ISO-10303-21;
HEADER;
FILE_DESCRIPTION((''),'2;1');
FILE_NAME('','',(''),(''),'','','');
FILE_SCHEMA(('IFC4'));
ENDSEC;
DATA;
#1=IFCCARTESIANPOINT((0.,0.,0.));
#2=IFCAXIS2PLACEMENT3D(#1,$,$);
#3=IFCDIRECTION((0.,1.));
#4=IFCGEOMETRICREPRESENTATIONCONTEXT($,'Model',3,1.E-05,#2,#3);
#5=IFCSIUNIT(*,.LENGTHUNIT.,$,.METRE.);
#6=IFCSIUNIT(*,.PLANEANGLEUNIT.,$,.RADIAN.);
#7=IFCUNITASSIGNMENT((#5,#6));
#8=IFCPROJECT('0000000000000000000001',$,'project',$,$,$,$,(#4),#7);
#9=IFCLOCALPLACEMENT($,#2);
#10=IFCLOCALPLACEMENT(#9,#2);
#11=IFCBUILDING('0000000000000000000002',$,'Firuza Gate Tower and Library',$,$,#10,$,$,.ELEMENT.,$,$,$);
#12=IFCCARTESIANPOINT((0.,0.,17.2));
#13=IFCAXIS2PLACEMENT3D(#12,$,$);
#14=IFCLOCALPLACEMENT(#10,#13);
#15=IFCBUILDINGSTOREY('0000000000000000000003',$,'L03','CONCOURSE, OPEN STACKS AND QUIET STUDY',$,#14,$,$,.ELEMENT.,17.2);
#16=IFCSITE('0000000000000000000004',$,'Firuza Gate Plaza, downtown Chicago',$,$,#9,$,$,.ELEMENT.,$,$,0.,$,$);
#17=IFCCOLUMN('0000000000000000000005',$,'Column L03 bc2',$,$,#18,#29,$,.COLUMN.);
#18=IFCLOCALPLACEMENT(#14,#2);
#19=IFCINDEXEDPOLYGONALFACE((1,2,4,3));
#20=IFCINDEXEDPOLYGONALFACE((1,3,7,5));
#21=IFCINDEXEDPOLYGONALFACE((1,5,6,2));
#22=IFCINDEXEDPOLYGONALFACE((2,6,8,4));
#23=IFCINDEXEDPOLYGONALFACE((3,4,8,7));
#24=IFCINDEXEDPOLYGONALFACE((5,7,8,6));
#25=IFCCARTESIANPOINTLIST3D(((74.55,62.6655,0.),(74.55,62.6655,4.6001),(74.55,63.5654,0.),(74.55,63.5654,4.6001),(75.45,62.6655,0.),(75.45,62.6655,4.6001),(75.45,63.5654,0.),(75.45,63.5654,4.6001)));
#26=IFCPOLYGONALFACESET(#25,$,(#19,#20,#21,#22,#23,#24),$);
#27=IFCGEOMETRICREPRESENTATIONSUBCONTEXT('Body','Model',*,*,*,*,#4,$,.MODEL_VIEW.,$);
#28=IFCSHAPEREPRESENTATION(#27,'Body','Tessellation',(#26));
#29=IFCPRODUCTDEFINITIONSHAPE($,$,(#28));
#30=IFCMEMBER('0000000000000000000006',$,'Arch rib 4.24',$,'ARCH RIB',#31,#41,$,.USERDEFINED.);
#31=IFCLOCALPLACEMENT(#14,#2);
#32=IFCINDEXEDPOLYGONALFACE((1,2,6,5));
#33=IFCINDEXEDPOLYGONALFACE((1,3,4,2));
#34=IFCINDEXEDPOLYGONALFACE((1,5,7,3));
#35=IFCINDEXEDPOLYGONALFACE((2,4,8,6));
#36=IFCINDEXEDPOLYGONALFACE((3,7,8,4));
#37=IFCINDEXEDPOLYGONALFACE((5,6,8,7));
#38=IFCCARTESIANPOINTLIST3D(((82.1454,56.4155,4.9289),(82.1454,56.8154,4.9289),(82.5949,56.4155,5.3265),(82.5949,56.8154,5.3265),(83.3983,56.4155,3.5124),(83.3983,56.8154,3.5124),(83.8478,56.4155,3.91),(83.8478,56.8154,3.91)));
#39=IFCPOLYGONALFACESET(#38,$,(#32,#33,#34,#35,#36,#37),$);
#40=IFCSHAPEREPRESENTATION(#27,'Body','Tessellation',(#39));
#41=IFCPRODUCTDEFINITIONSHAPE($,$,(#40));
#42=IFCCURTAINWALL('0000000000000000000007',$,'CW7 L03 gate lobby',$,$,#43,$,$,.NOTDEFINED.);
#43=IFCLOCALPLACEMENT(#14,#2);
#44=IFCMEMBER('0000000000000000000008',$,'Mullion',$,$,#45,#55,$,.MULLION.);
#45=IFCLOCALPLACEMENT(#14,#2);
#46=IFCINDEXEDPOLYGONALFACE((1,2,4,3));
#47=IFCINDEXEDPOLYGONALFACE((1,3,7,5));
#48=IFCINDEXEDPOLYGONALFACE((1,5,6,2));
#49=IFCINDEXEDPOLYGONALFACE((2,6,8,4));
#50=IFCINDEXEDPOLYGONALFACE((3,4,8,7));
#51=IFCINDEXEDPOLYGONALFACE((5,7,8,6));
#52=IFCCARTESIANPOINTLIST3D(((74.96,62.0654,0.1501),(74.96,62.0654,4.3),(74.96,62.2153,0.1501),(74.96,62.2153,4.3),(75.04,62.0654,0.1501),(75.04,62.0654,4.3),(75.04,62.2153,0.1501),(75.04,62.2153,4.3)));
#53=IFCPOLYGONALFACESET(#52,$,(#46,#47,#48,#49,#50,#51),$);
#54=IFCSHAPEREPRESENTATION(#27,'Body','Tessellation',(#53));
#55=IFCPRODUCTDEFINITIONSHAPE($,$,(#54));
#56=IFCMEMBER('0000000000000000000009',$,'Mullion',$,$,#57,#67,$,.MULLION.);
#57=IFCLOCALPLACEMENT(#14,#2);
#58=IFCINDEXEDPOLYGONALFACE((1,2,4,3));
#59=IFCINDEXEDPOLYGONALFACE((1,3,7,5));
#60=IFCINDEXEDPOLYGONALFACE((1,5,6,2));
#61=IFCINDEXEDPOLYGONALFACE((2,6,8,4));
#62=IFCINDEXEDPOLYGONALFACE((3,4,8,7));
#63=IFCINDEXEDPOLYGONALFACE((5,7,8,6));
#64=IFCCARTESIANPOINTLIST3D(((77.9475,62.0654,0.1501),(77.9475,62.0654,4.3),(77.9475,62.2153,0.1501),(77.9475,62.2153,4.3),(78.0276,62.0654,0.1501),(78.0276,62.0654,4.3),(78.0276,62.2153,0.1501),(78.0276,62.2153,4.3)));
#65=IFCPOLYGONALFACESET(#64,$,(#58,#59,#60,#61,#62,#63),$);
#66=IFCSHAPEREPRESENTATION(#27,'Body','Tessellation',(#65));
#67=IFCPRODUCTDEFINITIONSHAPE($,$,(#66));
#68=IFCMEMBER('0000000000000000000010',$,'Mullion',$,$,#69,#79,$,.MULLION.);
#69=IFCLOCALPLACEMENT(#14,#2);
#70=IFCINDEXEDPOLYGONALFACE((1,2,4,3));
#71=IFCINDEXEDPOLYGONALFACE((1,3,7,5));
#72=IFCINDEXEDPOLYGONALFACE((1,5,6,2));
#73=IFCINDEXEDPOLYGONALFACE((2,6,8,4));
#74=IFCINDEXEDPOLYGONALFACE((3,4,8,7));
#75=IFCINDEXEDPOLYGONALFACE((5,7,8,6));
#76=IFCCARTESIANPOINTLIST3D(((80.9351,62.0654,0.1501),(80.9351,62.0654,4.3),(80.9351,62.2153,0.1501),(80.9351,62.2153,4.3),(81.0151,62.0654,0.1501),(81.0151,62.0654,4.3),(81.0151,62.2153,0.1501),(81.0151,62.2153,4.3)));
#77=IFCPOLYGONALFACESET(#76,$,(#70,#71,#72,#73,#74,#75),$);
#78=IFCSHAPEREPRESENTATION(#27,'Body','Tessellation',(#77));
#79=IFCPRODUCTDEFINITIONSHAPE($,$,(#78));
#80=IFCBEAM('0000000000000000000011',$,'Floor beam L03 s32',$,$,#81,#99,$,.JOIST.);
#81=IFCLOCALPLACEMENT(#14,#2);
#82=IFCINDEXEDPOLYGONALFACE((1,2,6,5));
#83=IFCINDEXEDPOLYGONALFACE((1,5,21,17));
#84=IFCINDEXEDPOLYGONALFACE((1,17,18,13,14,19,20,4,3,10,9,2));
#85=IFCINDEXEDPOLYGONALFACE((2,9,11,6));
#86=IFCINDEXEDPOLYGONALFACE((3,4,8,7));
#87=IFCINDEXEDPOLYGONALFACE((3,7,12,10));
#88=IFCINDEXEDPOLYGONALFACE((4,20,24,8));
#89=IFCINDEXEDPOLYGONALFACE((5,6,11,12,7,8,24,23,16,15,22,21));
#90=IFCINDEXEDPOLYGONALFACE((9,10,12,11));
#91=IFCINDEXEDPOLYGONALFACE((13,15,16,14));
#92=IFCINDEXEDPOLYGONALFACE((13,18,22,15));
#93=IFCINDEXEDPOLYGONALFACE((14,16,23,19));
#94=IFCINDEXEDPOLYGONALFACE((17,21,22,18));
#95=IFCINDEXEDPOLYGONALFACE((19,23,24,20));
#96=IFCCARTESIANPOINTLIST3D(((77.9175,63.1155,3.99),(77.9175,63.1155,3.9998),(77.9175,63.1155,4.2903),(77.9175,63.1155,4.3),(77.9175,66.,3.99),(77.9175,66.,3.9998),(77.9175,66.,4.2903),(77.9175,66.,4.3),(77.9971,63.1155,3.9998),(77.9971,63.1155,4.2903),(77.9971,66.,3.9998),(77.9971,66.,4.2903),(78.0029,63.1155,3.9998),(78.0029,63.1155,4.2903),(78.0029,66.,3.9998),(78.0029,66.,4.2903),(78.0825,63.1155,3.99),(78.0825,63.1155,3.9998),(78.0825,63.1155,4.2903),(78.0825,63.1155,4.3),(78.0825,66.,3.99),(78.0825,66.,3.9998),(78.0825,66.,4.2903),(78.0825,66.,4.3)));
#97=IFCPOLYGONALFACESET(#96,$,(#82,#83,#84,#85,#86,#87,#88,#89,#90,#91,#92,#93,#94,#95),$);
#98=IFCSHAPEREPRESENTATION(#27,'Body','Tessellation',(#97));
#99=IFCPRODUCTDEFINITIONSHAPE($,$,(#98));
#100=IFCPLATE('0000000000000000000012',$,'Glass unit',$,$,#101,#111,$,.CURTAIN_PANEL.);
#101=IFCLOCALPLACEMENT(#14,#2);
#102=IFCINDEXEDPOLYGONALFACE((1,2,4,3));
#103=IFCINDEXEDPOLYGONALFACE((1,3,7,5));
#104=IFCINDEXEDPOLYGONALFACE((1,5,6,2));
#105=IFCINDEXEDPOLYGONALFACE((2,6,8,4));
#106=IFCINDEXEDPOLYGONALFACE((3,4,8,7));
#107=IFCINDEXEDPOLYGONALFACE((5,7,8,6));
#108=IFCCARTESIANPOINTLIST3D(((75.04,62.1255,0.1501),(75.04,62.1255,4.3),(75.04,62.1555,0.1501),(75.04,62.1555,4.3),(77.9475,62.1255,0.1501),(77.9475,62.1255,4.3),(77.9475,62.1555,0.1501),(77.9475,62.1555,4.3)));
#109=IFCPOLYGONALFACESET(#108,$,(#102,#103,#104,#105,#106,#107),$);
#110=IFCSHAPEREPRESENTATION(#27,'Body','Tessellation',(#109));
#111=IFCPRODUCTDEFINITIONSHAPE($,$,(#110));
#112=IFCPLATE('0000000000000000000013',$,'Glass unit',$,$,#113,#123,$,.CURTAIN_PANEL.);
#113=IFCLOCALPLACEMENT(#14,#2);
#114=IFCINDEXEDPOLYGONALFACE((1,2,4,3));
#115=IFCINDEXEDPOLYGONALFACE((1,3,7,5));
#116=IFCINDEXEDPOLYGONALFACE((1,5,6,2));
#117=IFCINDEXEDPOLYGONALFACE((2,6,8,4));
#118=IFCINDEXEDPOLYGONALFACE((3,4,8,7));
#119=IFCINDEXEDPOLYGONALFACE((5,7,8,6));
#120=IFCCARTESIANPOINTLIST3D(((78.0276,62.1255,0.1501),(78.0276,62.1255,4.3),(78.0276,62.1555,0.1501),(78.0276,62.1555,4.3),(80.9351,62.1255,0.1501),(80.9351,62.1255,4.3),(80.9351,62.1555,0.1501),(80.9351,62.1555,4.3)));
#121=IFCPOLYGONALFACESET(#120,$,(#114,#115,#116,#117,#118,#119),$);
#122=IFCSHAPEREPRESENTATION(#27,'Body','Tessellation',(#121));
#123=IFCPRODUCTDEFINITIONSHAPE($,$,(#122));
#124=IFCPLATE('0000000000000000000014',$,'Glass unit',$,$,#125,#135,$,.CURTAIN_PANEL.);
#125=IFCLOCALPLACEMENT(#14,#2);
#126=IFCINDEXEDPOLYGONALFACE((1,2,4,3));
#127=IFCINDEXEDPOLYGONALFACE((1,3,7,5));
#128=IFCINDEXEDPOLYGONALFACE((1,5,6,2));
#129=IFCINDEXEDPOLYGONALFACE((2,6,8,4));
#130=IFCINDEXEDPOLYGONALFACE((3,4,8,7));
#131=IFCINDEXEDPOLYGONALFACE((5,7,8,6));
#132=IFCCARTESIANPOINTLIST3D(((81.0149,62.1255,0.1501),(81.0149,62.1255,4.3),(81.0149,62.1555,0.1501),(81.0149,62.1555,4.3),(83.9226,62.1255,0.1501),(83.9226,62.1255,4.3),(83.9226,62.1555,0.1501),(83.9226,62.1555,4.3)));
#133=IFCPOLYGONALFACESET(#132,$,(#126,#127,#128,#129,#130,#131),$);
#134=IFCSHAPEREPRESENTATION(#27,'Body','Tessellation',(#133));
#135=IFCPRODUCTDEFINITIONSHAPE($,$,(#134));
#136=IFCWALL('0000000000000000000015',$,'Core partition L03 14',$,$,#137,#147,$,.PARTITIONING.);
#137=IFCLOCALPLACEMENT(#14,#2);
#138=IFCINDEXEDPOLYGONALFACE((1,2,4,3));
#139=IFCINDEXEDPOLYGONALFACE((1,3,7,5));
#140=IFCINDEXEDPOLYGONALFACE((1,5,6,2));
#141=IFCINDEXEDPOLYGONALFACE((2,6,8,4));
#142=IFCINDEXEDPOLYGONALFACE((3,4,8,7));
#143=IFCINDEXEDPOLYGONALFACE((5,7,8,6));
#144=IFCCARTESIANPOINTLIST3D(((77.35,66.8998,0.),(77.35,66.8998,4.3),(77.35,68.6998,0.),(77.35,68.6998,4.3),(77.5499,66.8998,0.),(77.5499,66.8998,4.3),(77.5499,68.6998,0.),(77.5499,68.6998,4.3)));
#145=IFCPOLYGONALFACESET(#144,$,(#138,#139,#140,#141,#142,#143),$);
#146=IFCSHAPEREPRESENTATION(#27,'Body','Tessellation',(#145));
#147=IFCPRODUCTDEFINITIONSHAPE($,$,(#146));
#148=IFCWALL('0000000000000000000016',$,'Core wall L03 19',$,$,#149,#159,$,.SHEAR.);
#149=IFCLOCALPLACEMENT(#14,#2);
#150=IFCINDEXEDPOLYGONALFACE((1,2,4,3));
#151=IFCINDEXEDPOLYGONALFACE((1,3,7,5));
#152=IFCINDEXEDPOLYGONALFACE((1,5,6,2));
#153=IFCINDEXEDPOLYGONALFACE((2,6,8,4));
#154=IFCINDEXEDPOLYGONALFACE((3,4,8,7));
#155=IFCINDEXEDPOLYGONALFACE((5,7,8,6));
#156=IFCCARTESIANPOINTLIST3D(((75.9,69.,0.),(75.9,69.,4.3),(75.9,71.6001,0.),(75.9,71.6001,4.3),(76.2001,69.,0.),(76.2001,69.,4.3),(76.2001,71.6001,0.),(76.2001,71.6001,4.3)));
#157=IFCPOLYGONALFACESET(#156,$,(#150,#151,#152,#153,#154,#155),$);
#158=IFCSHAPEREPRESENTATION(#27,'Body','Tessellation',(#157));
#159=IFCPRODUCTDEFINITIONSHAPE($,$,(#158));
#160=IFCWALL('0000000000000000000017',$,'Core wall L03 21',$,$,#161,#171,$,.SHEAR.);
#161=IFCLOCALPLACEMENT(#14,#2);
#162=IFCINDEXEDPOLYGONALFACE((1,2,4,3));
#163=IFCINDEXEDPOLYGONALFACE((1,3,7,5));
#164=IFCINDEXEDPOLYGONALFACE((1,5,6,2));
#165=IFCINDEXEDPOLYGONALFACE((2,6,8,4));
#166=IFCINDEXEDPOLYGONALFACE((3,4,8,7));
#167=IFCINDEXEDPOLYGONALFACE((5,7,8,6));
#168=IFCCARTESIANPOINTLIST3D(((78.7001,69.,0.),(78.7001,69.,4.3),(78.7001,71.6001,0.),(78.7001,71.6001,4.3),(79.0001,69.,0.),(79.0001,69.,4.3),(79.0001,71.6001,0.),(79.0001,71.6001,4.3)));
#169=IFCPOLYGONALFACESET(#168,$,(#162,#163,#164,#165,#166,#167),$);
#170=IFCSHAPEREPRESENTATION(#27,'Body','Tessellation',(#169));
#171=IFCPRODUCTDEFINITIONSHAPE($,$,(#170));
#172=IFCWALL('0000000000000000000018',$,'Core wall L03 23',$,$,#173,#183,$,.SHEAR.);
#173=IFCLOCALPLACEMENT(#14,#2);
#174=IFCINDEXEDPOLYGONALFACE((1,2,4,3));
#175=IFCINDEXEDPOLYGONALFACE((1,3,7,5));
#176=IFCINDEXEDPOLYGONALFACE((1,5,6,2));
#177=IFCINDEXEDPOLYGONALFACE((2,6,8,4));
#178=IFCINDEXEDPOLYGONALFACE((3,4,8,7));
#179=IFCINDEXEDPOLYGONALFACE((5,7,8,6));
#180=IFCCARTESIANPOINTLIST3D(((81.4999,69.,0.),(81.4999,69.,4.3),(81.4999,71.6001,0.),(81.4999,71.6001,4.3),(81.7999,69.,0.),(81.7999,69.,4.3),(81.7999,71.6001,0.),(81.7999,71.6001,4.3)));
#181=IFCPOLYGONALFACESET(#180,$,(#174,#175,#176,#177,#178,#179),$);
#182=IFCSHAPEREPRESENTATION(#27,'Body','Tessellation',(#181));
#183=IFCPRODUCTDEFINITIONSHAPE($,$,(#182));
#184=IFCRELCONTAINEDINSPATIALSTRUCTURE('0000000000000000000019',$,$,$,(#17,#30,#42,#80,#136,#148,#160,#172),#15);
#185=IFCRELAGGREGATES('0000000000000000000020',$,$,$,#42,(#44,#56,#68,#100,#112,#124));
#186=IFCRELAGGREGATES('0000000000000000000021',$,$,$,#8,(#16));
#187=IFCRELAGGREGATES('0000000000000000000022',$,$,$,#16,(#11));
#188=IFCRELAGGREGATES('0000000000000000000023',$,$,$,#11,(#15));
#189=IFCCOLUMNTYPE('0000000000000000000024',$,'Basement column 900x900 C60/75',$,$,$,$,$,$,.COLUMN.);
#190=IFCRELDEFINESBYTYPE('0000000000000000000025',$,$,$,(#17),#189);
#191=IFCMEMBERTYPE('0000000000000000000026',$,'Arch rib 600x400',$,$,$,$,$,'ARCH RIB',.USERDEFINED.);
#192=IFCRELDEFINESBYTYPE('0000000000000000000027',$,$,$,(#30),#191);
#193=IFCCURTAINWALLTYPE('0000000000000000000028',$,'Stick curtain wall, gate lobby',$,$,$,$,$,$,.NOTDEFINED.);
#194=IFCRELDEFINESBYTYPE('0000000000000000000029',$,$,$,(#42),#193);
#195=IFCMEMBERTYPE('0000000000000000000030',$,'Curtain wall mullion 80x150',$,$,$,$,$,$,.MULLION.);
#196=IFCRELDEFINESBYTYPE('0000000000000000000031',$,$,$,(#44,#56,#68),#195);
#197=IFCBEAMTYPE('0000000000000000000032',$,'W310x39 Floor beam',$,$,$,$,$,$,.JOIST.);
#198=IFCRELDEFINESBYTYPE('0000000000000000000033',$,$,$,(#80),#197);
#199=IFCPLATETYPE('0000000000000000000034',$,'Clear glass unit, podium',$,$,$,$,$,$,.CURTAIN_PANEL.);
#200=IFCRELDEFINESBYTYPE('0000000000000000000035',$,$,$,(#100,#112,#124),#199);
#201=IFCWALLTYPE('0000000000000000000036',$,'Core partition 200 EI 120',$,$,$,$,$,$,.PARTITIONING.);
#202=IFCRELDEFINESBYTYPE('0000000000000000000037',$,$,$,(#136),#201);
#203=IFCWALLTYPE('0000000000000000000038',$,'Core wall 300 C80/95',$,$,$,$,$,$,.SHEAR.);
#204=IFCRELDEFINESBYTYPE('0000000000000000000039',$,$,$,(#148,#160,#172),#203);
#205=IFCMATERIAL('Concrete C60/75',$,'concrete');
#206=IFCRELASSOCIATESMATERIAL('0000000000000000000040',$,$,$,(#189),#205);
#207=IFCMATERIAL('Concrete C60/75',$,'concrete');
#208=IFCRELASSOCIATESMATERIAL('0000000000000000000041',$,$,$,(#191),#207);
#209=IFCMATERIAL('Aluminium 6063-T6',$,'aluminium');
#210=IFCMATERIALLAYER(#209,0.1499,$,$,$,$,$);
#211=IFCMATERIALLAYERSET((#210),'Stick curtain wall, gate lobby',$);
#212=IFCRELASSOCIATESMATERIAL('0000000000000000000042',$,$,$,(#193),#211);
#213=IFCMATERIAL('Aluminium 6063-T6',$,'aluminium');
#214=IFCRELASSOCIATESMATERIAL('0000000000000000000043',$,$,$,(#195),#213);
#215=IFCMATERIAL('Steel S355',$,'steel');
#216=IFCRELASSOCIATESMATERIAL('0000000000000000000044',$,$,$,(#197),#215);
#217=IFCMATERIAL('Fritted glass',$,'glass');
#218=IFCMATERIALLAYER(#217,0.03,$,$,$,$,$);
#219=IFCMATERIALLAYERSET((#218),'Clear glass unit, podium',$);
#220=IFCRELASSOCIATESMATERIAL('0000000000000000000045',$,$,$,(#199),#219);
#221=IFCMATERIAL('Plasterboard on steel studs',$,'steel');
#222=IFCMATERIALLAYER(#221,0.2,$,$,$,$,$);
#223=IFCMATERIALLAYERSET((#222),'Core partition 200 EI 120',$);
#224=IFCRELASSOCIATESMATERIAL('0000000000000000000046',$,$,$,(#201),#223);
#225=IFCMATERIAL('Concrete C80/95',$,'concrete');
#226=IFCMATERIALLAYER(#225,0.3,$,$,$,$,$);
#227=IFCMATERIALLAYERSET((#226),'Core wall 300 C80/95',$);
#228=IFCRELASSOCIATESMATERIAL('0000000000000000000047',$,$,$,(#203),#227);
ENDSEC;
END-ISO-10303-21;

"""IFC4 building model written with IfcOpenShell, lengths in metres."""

from ifc_helpers import new_model, si_unit, direction, frame, frame_2d, origin, origin_2d, place, context, subcontext, project, spatial, polyline, rectangle, i_section, outline, extrude, material, layer, layer_set, material_profile, profile_set, type_object, element, aggregate, save


model = new_model("IFC4")

# Units and contexts
model_context = context("Model", 3, precision=1e-05, world=origin(), true_north=direction((0.0, 1.0)))
body_context = subcontext(model_context, "Body", "Model", "MODEL_VIEW")
ifc_project = project(units=[si_unit("LENGTHUNIT", "METRE"), si_unit("PLANEANGLEUNIT", "RADIAN")], contexts=[model_context])

# Site, building, storey
site_placement = place(None, origin())
site = spatial("IfcSite", under=ifc_project, at=site_placement, Name="Firuza Gate Plaza, downtown Chicago", CompositionType="ELEMENT", RefElevation=0.0)
building_placement = place(site_placement, origin())
building = spatial("IfcBuilding", under=site, at=building_placement, Name="Firuza Gate Tower and Library", CompositionType="ELEMENT")
storey_placement = place(building_placement, frame((0.0, 0.0, 17.2)))
storey = spatial("IfcBuildingStorey", under=building, at=storey_placement, Name="L03", Description="CONCOURSE, OPEN STACKS AND QUIET STUDY", CompositionType="ELEMENT", Elevation=17.2)

# Column
ifc_material_1 = material(Name="Concrete C60/75", Category="concrete")
ifc_material_profile_1 = material_profile(ifc_material_1, rectangle(XDim=0.8999, YDim=0.8999, at=origin_2d()))
ifc_profile_set_1 = profile_set([ifc_material_profile_1], Name="Concrete C60/75")
column_type = type_object("IfcColumnType", Name="Basement column 900x900 C60/75", PredefinedType="COLUMN", material=ifc_profile_set_1)
column_placement = place(storey_placement, frame((75.0, 63.1155, 0.0), z_axis=(0.0, 0.0, 1.0), x_axis=(1.0, 0.0, 0.0)))
element("IfcColumn", 1, at=column_placement, inside=storey, type_object=column_type, Name="Column L03 bc2", PredefinedType="COLUMN", context=body_context, shape_type="SweptSolid", body=[
    extrude(rectangle(XDim=0.8999, YDim=0.8999, at=origin_2d()), origin(), (0.0, 0.0, 1.0), 4.6001),
])

# Member
ifc_material_2 = material(Name="Concrete C60/75", Category="concrete")
ifc_material_profile_2 = material_profile(ifc_material_2, rectangle(XDim=0.3999, YDim=0.6001, at=origin_2d()))
ifc_profile_set_2 = profile_set([ifc_material_profile_2], Name="Concrete C60/75")
member_type_1 = type_object("IfcMemberType", Name="Arch rib 600x400", ElementType="ARCH RIB", PredefinedType="USERDEFINED", material=ifc_profile_set_2)
member_1_placement = place(storey_placement, frame((82.3701, 56.6155, 5.1277), z_axis=(0.662535, 0.0, -0.749031), x_axis=(0.0, 1.0, 0.0)))
element("IfcMember", 2, at=member_1_placement, inside=storey, type_object=member_type_1, Name="Arch rib 4.24", ObjectType="ARCH RIB", PredefinedType="USERDEFINED", context=body_context, shape_type="SweptSolid", body=[
    extrude(rectangle(XDim=0.3999, YDim=0.6001, at=origin_2d()), origin(), (0.0, 0.0, 1.0), 1.8911),
])

# Curtain wall, members
ifc_material_3 = material(Name="Aluminium 6063-T6", Category="aluminium")
ifc_layer_1 = layer(ifc_material_3, 0.1499)
ifc_layer_set_1 = layer_set([ifc_layer_1], Name="Stick curtain wall, gate lobby")
curtain_wall_type = type_object("IfcCurtainWallType", Name="Stick curtain wall, gate lobby", PredefinedType="NOTDEFINED", material=ifc_layer_set_1)
curtain_wall_placement = place(storey_placement, origin())
curtain_wall = element("IfcCurtainWall", 3, at=curtain_wall_placement, inside=storey, type_object=curtain_wall_type, Name="CW7 L03 gate lobby", PredefinedType="NOTDEFINED")
ifc_material_4 = material(Name="Aluminium 6063-T6", Category="aluminium")
ifc_material_profile_3 = material_profile(ifc_material_4, rectangle(XDim=0.1499, YDim=0.0801, at=origin_2d()))
ifc_profile_set_3 = profile_set([ifc_material_profile_3], Name="Aluminium 6063-T6")
member_type_2 = type_object("IfcMemberType", Name="Curtain wall mullion 80x150", PredefinedType="MULLION", material=ifc_profile_set_3)
member_2_placement = place(storey_placement, frame((75.0, 62.1404, 0.1501), z_axis=(0.0, 0.0, 1.0), x_axis=(0.0, 1.0, 0.0)))
member_2 = element("IfcMember", 4, at=member_2_placement, type_object=member_type_2, Name="Mullion", PredefinedType="MULLION", context=body_context, shape_type="SweptSolid", body=[
    extrude(rectangle(XDim=0.1499, YDim=0.0801, at=origin_2d()), origin(), (0.0, 0.0, 1.0), 4.1499),
])
member_3_placement = place(storey_placement, frame((77.9875, 62.1404, 0.1501), z_axis=(0.0, 0.0, 1.0), x_axis=(0.0, 1.0, 0.0)))
member_3 = element("IfcMember", 5, at=member_3_placement, type_object=member_type_2, Name="Mullion", PredefinedType="MULLION", context=body_context, shape_type="SweptSolid", body=[
    extrude(rectangle(XDim=0.1499, YDim=0.0801, at=origin_2d()), origin(), (0.0, 0.0, 1.0), 4.1499),
])
member_4_placement = place(storey_placement, frame((80.9751, 62.1404, 0.1501), z_axis=(0.0, 0.0, 1.0), x_axis=(0.0, 1.0, 0.0)))
member_4 = element("IfcMember", 6, at=member_4_placement, type_object=member_type_2, Name="Mullion", PredefinedType="MULLION", context=body_context, shape_type="SweptSolid", body=[
    extrude(rectangle(XDim=0.1499, YDim=0.0801, at=origin_2d()), origin(), (0.0, 0.0, 1.0), 4.1499),
])

# Beam
ifc_material_5 = material(Name="Steel S355", Category="steel")
ifc_material_profile_4 = material_profile(ifc_material_5, i_section(OverallWidth=0.165, OverallDepth=0.3101, WebThickness=0.0059, FlangeThickness=0.0098, at=origin_2d()))
ifc_profile_set_4 = profile_set([ifc_material_profile_4], Name="Steel S355")
beam_type = type_object("IfcBeamType", Name="W310x39 Floor beam", PredefinedType="JOIST", material=ifc_profile_set_4)
beam_placement = place(storey_placement, frame((78.0, 63.1155, 4.145), z_axis=(0.0, 1.0, 0.0), x_axis=(-1.0, 0.0, 0.0)))
element("IfcBeam", 7, at=beam_placement, inside=storey, type_object=beam_type, Name="Floor beam L03 s32", PredefinedType="JOIST", context=body_context, shape_type="SweptSolid", body=[
    extrude(i_section(OverallWidth=0.165, OverallDepth=0.3101, WebThickness=0.0059, FlangeThickness=0.0098, at=origin_2d()), origin(), (0.0, 0.0, 1.0), 2.8845),
])

# Plates
ifc_material_6 = material(Name="Fritted glass", Category="glass")
ifc_layer_2 = layer(ifc_material_6, 0.03)
ifc_layer_set_2 = layer_set([ifc_layer_2], Name="Clear glass unit, podium")
plate_type = type_object("IfcPlateType", Name="Clear glass unit, podium", PredefinedType="CURTAIN_PANEL", material=ifc_layer_set_2)
plate_1_placement = place(storey_placement, frame((75.04, 62.1255, 0.1501), z_axis=(0.0, -1.0, 0.0), x_axis=(1.0, 0.0, 0.0)))
plate_1 = element("IfcPlate", 8, at=plate_1_placement, type_object=plate_type, Name="Glass unit", PredefinedType="CURTAIN_PANEL", context=body_context, shape_type="SweptSolid", body=[
    extrude(outline(polyline([(0.0, 0.0), (2.9075, 0.0), (2.9075, 4.1499), (0.0, 4.1499), (0.0, 0.0)])), origin(), (0.0, 0.0, -1.0), 0.03),
])
plate_2_placement = place(storey_placement, frame((78.0276, 62.1255, 0.1501), z_axis=(0.0, -1.0, 0.0), x_axis=(1.0, 0.0, 0.0)))
plate_2 = element("IfcPlate", 9, at=plate_2_placement, type_object=plate_type, Name="Glass unit", PredefinedType="CURTAIN_PANEL", context=body_context, shape_type="SweptSolid", body=[
    extrude(outline(polyline([(0.0, 0.0), (2.9075, 0.0), (2.9075, 4.1499), (0.0, 4.1499), (0.0, 0.0)])), origin(), (0.0, 0.0, -1.0), 0.03),
])
plate_3_placement = place(storey_placement, frame((81.0149, 62.1255, 0.1501), z_axis=(0.0, -1.0, 0.0), x_axis=(1.0, 0.0, 0.0)))
plate_3 = element("IfcPlate", 10, at=plate_3_placement, type_object=plate_type, Name="Glass unit", PredefinedType="CURTAIN_PANEL", context=body_context, shape_type="SweptSolid", body=[
    extrude(outline(polyline([(0.0, 0.0), (2.9077, 0.0), (2.9077, 4.1499), (0.0, 4.1499), (0.0, 0.0)])), origin(), (0.0, 0.0, -1.0), 0.03),
])
aggregate(curtain_wall, [member_2, member_3, member_4, plate_1, plate_2, plate_3])

# Walls
ifc_material_7 = material(Name="Plasterboard on steel studs", Category="steel")
ifc_layer_3 = layer(ifc_material_7, 0.2)
ifc_layer_set_3 = layer_set([ifc_layer_3], Name="Core partition 200 EI 120")
wall_type_1 = type_object("IfcWallType", Name="Core partition 200 EI 120", PredefinedType="PARTITIONING", material=ifc_layer_set_3)
wall_placement = place(storey_placement, frame((77.45, 66.8999, 0.0), z_axis=(0.0, 0.0, 1.0), x_axis=(0.0, 1.0, 0.0)))
element("IfcWall", 11, at=wall_placement, inside=storey, type_object=wall_type_1, Name="Core partition L03 14", PredefinedType="PARTITIONING", context=body_context, shape_type="SweptSolid", body=[
    extrude(rectangle(XDim=1.8, YDim=0.2, at=frame_2d((0.8999, 0.0))), origin(), (0.0, 0.0, 1.0), 4.3),
])
ifc_material_8 = material(Name="Concrete C80/95", Category="concrete")
ifc_layer_4 = layer(ifc_material_8, 0.3)
ifc_layer_set_4 = layer_set([ifc_layer_4], Name="Core wall 300 C80/95")
wall_type_2 = type_object("IfcWallType", Name="Core wall 300 C80/95", PredefinedType="SHEAR", material=ifc_layer_set_4)
for number, where, z_axis, x_axis, name in (
    (12, (76.05, 69.0, 0.0), (0.0, 0.0, 1.0), (0.0, 1.0, 0.0), "Core wall L03 19"),
    (13, (78.8501, 69.0, 0.0), (0.0, 0.0, 1.0), (0.0, 1.0, 0.0), "Core wall L03 21"),
    (14, (81.6499, 69.0, 0.0), (0.0, 0.0, 1.0), (0.0, 1.0, 0.0), "Core wall L03 23"),
):
    element("IfcWall", number, at=place(storey_placement, frame(where, z_axis=z_axis, x_axis=x_axis)), inside=storey, type_object=wall_type_2, Name=name, PredefinedType="SHEAR", context=body_context, shape_type="SweptSolid", body=[
        extrude(rectangle(XDim=2.6001, YDim=0.3, at=frame_2d((1.3, 0.0))), origin(), (0.0, 0.0, 1.0), 4.3),
    ])

save(model, "model.ifc")
